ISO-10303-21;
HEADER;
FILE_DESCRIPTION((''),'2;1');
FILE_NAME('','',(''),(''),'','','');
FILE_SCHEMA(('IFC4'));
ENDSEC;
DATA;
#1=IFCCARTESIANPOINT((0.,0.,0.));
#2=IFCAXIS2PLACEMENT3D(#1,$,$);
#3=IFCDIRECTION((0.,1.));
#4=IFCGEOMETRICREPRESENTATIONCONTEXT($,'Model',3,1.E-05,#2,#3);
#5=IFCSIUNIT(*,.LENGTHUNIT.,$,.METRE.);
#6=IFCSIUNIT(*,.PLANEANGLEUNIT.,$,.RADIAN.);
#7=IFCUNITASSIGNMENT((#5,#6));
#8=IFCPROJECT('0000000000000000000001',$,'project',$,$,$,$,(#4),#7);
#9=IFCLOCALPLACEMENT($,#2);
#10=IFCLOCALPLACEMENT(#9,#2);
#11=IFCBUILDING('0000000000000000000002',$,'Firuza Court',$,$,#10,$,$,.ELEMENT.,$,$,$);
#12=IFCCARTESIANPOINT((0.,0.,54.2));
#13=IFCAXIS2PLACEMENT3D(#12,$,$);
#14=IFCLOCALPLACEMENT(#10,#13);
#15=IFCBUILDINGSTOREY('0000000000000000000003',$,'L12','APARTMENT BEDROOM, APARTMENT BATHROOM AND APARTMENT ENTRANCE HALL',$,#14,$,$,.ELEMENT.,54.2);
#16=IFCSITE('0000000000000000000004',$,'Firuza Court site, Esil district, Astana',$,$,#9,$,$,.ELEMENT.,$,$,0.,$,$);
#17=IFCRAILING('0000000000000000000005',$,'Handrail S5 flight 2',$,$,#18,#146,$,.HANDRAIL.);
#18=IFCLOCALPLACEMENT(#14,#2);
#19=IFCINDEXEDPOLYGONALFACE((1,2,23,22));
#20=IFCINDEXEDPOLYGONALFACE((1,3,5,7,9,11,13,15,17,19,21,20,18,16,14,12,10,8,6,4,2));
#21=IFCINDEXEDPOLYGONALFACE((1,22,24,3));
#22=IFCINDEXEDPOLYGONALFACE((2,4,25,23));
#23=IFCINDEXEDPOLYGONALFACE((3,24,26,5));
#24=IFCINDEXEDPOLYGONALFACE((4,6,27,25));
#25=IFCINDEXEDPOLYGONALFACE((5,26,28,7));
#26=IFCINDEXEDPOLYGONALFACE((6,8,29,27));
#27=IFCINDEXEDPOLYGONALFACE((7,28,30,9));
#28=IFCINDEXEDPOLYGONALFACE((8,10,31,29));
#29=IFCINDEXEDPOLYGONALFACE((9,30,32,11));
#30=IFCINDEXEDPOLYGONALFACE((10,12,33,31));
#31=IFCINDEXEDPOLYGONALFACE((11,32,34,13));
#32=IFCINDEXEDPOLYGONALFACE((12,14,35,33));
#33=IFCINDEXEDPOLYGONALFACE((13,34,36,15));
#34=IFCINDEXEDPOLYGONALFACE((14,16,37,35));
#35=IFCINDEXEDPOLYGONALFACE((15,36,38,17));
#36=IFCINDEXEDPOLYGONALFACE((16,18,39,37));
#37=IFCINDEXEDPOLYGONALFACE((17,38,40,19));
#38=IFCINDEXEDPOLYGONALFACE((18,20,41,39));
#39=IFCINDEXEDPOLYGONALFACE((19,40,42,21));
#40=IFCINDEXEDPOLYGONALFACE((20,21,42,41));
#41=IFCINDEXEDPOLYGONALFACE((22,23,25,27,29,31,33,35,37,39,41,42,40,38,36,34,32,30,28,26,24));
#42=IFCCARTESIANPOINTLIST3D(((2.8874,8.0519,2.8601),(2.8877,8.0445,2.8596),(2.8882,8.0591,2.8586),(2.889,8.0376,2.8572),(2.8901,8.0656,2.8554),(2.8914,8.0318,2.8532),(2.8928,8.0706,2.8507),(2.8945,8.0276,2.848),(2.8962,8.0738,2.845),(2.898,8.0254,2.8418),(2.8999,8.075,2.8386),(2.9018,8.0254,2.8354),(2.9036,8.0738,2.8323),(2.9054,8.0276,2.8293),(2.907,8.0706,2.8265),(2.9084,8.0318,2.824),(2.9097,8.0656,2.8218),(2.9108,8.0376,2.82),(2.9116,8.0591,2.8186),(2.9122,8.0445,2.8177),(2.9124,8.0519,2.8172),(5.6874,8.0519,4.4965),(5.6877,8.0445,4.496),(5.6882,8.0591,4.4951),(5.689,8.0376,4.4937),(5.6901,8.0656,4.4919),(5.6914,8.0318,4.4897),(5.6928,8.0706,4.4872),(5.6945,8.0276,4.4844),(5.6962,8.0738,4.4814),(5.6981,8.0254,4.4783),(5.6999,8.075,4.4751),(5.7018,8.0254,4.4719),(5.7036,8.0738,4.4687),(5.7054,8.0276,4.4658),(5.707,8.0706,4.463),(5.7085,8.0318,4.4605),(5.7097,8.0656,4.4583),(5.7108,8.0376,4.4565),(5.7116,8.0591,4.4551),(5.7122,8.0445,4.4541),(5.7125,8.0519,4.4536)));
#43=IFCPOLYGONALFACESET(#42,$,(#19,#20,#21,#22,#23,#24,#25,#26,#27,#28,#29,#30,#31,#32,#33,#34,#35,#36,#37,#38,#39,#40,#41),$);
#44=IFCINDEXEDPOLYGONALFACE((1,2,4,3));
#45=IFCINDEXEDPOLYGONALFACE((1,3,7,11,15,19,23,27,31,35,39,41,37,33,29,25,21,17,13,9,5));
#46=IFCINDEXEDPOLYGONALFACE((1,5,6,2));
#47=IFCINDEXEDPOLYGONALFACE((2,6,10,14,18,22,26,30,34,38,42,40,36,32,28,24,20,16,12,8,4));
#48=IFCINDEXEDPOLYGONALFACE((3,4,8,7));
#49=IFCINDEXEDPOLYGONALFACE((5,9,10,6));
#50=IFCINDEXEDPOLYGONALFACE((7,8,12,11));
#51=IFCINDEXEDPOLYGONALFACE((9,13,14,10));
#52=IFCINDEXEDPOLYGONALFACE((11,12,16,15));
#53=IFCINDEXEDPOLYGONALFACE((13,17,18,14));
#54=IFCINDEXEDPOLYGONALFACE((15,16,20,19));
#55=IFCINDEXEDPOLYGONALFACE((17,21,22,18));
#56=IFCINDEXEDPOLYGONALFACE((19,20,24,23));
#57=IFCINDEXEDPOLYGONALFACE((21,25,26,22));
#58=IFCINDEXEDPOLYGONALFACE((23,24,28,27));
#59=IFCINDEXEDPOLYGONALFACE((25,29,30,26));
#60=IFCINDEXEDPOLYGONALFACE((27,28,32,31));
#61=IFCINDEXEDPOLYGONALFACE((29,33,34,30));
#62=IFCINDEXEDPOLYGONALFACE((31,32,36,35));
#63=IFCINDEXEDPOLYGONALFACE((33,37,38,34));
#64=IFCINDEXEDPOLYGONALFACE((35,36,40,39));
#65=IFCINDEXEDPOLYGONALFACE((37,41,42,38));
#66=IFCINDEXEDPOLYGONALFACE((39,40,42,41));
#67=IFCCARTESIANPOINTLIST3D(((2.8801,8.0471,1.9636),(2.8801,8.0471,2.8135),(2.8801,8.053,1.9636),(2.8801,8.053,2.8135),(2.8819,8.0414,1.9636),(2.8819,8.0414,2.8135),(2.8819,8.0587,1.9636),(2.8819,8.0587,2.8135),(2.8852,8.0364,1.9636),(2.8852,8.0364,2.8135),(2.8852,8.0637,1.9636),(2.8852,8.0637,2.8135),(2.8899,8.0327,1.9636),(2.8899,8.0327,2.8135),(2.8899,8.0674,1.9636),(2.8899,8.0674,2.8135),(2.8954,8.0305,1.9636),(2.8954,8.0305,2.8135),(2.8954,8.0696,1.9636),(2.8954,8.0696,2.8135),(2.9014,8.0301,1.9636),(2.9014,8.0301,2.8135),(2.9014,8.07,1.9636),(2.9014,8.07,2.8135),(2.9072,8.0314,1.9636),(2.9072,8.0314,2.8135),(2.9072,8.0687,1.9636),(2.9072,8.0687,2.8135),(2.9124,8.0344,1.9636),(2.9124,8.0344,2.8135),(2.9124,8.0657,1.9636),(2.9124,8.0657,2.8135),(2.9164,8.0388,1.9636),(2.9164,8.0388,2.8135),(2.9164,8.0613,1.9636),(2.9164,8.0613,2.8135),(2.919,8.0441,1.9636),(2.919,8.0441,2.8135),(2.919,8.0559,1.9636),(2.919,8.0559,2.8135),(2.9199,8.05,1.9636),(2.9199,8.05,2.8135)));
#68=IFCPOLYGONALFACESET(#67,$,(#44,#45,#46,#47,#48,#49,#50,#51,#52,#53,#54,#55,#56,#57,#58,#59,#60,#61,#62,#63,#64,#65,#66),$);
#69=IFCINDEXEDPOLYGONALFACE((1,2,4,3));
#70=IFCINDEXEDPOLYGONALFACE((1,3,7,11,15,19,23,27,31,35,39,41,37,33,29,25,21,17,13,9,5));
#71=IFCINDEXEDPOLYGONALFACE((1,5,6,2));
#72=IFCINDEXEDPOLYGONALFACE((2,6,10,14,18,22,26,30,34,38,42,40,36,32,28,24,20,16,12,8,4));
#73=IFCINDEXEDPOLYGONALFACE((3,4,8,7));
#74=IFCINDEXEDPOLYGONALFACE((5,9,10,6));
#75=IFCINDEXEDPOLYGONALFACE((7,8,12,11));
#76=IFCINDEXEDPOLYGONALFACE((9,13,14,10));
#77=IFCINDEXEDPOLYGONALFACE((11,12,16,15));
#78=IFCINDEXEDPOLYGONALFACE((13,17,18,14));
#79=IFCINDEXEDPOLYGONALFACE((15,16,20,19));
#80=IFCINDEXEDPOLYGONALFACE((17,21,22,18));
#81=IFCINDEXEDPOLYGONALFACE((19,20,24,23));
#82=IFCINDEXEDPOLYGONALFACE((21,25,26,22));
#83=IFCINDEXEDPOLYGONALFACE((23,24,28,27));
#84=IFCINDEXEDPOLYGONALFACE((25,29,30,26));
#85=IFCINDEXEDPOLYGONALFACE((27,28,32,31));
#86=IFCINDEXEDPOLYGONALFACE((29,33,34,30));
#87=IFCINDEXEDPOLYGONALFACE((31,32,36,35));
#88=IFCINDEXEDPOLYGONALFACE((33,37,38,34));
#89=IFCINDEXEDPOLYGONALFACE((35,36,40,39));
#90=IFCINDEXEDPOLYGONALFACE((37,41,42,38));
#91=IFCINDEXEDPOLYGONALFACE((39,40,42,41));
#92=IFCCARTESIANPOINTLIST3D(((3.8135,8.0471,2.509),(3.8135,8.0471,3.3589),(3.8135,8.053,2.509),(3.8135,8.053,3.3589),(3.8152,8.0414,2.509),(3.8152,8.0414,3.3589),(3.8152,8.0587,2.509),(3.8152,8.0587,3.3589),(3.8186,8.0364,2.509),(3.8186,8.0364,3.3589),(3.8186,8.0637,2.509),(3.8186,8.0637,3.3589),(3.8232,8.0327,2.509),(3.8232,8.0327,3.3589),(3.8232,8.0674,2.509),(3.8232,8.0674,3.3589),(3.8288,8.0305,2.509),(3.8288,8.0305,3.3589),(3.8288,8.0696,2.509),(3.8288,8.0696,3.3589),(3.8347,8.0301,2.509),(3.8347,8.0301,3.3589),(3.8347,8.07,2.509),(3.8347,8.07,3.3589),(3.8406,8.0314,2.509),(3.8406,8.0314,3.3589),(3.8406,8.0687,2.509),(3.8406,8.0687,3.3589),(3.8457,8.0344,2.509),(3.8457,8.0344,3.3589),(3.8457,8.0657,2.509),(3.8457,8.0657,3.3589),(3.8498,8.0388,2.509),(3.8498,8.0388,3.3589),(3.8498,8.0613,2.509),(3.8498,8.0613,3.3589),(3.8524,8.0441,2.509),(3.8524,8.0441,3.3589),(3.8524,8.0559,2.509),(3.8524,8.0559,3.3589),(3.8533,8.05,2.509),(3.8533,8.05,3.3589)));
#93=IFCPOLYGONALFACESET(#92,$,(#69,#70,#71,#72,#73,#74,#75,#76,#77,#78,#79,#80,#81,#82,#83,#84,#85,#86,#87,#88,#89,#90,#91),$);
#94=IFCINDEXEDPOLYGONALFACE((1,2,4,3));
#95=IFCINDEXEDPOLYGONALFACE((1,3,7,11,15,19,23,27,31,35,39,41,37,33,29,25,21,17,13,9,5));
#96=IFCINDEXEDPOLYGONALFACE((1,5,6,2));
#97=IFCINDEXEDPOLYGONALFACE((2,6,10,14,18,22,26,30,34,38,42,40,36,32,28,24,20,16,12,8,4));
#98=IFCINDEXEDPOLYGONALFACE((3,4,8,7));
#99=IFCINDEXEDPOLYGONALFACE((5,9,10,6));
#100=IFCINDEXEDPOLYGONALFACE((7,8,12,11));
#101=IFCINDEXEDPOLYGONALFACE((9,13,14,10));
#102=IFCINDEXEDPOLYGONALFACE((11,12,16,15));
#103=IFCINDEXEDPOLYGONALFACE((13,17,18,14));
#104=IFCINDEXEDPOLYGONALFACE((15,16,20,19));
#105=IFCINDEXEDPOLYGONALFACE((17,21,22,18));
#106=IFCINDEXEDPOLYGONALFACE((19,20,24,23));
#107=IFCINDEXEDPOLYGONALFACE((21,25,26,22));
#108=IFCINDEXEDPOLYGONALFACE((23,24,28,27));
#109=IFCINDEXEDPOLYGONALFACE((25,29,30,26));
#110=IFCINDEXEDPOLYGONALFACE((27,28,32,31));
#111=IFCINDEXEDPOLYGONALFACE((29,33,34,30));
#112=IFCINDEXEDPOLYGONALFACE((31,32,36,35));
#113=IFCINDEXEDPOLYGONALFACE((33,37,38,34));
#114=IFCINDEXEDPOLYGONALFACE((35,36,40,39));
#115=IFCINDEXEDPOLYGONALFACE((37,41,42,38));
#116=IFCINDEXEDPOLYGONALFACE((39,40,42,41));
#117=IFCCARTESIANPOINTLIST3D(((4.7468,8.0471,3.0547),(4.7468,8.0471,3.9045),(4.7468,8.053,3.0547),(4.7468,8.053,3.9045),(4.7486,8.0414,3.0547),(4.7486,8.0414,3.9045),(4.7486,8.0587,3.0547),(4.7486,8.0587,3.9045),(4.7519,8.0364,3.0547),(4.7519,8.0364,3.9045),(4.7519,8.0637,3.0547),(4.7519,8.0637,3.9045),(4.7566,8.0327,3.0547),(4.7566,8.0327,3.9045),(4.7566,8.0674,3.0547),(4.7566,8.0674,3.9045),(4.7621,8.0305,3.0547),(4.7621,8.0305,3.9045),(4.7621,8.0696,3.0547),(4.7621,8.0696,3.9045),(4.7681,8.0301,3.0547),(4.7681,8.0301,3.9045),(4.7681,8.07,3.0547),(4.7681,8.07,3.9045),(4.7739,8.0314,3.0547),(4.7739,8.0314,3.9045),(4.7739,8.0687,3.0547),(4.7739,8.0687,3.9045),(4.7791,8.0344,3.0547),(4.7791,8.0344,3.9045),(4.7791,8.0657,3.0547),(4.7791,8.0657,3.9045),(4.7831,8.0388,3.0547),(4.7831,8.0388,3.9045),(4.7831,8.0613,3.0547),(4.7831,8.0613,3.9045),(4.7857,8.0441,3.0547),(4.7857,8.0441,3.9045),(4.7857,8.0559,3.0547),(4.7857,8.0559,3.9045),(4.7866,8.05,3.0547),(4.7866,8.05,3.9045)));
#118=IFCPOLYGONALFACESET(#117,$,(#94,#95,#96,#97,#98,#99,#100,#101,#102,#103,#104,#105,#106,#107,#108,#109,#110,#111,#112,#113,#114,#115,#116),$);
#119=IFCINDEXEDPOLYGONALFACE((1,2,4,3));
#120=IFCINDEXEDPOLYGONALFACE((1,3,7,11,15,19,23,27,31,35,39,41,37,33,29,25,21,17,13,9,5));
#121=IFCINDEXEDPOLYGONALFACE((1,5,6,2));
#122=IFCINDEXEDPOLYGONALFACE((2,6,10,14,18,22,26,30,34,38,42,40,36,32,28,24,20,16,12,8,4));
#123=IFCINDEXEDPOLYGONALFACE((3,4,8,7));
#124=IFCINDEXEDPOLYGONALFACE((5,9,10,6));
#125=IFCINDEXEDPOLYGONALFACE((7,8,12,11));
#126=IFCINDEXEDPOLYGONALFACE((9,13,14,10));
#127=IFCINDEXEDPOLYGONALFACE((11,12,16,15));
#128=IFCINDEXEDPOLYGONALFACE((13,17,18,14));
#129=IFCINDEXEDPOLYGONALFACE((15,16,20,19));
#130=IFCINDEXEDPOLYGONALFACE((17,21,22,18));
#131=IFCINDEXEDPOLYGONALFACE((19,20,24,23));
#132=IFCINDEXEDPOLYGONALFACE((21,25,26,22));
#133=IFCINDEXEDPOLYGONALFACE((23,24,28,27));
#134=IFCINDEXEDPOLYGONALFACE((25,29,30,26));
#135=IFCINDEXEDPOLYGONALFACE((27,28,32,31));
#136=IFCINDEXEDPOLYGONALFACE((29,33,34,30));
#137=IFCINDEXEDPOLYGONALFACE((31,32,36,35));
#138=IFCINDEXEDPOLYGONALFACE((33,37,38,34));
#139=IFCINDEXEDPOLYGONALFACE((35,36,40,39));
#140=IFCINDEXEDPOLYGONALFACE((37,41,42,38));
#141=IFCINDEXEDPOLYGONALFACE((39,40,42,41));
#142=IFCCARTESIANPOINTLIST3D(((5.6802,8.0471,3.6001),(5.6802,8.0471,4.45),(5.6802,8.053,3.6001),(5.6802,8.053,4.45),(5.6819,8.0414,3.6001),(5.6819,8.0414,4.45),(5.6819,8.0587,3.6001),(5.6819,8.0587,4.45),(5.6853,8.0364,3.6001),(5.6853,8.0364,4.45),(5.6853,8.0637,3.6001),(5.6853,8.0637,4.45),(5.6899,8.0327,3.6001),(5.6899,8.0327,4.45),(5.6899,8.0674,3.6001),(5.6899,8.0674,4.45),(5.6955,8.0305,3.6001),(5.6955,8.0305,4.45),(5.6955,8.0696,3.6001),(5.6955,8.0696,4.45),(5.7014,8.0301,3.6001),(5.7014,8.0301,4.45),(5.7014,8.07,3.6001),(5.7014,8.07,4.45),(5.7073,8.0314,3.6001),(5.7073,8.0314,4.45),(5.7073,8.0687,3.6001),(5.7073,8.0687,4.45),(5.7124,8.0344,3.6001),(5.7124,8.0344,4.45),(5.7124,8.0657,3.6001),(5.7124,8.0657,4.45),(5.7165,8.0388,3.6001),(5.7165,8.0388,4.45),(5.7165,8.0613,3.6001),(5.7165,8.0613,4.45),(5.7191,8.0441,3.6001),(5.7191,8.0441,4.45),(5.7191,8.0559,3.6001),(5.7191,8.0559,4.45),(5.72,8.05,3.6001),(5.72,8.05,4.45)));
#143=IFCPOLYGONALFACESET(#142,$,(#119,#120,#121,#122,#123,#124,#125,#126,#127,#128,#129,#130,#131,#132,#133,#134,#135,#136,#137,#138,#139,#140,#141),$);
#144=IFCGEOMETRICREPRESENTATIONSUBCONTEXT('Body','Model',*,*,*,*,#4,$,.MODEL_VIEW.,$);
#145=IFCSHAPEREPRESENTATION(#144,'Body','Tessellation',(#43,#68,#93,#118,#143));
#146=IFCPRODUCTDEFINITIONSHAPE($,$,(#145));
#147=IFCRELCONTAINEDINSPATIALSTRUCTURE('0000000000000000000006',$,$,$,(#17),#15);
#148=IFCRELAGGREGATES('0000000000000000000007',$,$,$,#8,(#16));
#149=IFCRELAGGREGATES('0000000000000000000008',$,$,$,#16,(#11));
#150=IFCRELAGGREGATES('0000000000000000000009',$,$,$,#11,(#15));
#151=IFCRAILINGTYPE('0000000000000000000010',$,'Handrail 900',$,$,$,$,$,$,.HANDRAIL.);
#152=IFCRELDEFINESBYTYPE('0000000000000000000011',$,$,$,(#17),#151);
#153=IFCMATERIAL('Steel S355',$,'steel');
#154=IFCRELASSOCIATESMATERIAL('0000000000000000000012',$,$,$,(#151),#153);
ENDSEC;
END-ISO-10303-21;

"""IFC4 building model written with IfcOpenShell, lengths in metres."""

from ifc_helpers import new_model, si_unit, direction, frame, origin, origin_2d, place, context, subcontext, project, spatial, circle, extrude, material, type_object, element, save


model = new_model("IFC4")

# Units and contexts
model_context = context("Model", 3, precision=1e-05, world=origin(), true_north=direction((0.0, 1.0)))
body_context = subcontext(model_context, "Body", "Model", "MODEL_VIEW")
ifc_project = project(units=[si_unit("LENGTHUNIT", "METRE"), si_unit("PLANEANGLEUNIT", "RADIAN")], contexts=[model_context])

# Site, building, storey
site_placement = place(None, origin())
site = spatial("IfcSite", under=ifc_project, at=site_placement, Name="Firuza Court site, Esil district, Astana", CompositionType="ELEMENT", RefElevation=0.0)
building_placement = place(site_placement, origin())
building = spatial("IfcBuilding", under=site, at=building_placement, Name="Firuza Court", CompositionType="ELEMENT")
storey_placement = place(building_placement, frame((0.0, 0.0, 54.2)))
storey = spatial("IfcBuildingStorey", under=building, at=storey_placement, Name="L12", Description="APARTMENT BEDROOM, APARTMENT BATHROOM AND APARTMENT ENTRANCE HALL", CompositionType="ELEMENT", Elevation=54.2)

# Railing
ifc_material_1 = material(Name="Steel S355", Category="steel")
railing_type_1 = type_object("IfcRailingType", Name="Handrail 900", PredefinedType="HANDRAIL", material=ifc_material_1)
railing_1_placement = place(storey_placement, frame((2.8999, 8.05, 1.9636)))
element("IfcRailing", 1, at=railing_1_placement, inside=storey, type_object=railing_type_1, Name="Handrail S5 flight 2", PredefinedType="HANDRAIL", context=body_context, shape_type="SweptSolid", body=[
    extrude(circle(Radius=0.0249, at=origin_2d()), frame((0.0, 0.0, 0.875), z_axis=(0.863361, 0.0, 0.504587), x_axis=(0.0, 1.0, 0.0)), (0.0, 0.0, 1.0), 3.2432),
    extrude(circle(Radius=0.02, at=origin_2d()), origin(), (0.0, 0.0, 1.0), 0.8499),
    extrude(circle(Radius=0.02, at=origin_2d()), frame((0.9333, 0.0, 0.5454)), (0.0, 0.0, 1.0), 0.8499),
    extrude(circle(Radius=0.02, at=origin_2d()), frame((1.8667, 0.0, 1.0911)), (0.0, 0.0, 1.0), 0.8499),
    extrude(circle(Radius=0.02, at=origin_2d()), frame((2.8, 0.0, 1.6365)), (0.0, 0.0, 1.0), 0.8499),
])

save(model, "model.ifc")
